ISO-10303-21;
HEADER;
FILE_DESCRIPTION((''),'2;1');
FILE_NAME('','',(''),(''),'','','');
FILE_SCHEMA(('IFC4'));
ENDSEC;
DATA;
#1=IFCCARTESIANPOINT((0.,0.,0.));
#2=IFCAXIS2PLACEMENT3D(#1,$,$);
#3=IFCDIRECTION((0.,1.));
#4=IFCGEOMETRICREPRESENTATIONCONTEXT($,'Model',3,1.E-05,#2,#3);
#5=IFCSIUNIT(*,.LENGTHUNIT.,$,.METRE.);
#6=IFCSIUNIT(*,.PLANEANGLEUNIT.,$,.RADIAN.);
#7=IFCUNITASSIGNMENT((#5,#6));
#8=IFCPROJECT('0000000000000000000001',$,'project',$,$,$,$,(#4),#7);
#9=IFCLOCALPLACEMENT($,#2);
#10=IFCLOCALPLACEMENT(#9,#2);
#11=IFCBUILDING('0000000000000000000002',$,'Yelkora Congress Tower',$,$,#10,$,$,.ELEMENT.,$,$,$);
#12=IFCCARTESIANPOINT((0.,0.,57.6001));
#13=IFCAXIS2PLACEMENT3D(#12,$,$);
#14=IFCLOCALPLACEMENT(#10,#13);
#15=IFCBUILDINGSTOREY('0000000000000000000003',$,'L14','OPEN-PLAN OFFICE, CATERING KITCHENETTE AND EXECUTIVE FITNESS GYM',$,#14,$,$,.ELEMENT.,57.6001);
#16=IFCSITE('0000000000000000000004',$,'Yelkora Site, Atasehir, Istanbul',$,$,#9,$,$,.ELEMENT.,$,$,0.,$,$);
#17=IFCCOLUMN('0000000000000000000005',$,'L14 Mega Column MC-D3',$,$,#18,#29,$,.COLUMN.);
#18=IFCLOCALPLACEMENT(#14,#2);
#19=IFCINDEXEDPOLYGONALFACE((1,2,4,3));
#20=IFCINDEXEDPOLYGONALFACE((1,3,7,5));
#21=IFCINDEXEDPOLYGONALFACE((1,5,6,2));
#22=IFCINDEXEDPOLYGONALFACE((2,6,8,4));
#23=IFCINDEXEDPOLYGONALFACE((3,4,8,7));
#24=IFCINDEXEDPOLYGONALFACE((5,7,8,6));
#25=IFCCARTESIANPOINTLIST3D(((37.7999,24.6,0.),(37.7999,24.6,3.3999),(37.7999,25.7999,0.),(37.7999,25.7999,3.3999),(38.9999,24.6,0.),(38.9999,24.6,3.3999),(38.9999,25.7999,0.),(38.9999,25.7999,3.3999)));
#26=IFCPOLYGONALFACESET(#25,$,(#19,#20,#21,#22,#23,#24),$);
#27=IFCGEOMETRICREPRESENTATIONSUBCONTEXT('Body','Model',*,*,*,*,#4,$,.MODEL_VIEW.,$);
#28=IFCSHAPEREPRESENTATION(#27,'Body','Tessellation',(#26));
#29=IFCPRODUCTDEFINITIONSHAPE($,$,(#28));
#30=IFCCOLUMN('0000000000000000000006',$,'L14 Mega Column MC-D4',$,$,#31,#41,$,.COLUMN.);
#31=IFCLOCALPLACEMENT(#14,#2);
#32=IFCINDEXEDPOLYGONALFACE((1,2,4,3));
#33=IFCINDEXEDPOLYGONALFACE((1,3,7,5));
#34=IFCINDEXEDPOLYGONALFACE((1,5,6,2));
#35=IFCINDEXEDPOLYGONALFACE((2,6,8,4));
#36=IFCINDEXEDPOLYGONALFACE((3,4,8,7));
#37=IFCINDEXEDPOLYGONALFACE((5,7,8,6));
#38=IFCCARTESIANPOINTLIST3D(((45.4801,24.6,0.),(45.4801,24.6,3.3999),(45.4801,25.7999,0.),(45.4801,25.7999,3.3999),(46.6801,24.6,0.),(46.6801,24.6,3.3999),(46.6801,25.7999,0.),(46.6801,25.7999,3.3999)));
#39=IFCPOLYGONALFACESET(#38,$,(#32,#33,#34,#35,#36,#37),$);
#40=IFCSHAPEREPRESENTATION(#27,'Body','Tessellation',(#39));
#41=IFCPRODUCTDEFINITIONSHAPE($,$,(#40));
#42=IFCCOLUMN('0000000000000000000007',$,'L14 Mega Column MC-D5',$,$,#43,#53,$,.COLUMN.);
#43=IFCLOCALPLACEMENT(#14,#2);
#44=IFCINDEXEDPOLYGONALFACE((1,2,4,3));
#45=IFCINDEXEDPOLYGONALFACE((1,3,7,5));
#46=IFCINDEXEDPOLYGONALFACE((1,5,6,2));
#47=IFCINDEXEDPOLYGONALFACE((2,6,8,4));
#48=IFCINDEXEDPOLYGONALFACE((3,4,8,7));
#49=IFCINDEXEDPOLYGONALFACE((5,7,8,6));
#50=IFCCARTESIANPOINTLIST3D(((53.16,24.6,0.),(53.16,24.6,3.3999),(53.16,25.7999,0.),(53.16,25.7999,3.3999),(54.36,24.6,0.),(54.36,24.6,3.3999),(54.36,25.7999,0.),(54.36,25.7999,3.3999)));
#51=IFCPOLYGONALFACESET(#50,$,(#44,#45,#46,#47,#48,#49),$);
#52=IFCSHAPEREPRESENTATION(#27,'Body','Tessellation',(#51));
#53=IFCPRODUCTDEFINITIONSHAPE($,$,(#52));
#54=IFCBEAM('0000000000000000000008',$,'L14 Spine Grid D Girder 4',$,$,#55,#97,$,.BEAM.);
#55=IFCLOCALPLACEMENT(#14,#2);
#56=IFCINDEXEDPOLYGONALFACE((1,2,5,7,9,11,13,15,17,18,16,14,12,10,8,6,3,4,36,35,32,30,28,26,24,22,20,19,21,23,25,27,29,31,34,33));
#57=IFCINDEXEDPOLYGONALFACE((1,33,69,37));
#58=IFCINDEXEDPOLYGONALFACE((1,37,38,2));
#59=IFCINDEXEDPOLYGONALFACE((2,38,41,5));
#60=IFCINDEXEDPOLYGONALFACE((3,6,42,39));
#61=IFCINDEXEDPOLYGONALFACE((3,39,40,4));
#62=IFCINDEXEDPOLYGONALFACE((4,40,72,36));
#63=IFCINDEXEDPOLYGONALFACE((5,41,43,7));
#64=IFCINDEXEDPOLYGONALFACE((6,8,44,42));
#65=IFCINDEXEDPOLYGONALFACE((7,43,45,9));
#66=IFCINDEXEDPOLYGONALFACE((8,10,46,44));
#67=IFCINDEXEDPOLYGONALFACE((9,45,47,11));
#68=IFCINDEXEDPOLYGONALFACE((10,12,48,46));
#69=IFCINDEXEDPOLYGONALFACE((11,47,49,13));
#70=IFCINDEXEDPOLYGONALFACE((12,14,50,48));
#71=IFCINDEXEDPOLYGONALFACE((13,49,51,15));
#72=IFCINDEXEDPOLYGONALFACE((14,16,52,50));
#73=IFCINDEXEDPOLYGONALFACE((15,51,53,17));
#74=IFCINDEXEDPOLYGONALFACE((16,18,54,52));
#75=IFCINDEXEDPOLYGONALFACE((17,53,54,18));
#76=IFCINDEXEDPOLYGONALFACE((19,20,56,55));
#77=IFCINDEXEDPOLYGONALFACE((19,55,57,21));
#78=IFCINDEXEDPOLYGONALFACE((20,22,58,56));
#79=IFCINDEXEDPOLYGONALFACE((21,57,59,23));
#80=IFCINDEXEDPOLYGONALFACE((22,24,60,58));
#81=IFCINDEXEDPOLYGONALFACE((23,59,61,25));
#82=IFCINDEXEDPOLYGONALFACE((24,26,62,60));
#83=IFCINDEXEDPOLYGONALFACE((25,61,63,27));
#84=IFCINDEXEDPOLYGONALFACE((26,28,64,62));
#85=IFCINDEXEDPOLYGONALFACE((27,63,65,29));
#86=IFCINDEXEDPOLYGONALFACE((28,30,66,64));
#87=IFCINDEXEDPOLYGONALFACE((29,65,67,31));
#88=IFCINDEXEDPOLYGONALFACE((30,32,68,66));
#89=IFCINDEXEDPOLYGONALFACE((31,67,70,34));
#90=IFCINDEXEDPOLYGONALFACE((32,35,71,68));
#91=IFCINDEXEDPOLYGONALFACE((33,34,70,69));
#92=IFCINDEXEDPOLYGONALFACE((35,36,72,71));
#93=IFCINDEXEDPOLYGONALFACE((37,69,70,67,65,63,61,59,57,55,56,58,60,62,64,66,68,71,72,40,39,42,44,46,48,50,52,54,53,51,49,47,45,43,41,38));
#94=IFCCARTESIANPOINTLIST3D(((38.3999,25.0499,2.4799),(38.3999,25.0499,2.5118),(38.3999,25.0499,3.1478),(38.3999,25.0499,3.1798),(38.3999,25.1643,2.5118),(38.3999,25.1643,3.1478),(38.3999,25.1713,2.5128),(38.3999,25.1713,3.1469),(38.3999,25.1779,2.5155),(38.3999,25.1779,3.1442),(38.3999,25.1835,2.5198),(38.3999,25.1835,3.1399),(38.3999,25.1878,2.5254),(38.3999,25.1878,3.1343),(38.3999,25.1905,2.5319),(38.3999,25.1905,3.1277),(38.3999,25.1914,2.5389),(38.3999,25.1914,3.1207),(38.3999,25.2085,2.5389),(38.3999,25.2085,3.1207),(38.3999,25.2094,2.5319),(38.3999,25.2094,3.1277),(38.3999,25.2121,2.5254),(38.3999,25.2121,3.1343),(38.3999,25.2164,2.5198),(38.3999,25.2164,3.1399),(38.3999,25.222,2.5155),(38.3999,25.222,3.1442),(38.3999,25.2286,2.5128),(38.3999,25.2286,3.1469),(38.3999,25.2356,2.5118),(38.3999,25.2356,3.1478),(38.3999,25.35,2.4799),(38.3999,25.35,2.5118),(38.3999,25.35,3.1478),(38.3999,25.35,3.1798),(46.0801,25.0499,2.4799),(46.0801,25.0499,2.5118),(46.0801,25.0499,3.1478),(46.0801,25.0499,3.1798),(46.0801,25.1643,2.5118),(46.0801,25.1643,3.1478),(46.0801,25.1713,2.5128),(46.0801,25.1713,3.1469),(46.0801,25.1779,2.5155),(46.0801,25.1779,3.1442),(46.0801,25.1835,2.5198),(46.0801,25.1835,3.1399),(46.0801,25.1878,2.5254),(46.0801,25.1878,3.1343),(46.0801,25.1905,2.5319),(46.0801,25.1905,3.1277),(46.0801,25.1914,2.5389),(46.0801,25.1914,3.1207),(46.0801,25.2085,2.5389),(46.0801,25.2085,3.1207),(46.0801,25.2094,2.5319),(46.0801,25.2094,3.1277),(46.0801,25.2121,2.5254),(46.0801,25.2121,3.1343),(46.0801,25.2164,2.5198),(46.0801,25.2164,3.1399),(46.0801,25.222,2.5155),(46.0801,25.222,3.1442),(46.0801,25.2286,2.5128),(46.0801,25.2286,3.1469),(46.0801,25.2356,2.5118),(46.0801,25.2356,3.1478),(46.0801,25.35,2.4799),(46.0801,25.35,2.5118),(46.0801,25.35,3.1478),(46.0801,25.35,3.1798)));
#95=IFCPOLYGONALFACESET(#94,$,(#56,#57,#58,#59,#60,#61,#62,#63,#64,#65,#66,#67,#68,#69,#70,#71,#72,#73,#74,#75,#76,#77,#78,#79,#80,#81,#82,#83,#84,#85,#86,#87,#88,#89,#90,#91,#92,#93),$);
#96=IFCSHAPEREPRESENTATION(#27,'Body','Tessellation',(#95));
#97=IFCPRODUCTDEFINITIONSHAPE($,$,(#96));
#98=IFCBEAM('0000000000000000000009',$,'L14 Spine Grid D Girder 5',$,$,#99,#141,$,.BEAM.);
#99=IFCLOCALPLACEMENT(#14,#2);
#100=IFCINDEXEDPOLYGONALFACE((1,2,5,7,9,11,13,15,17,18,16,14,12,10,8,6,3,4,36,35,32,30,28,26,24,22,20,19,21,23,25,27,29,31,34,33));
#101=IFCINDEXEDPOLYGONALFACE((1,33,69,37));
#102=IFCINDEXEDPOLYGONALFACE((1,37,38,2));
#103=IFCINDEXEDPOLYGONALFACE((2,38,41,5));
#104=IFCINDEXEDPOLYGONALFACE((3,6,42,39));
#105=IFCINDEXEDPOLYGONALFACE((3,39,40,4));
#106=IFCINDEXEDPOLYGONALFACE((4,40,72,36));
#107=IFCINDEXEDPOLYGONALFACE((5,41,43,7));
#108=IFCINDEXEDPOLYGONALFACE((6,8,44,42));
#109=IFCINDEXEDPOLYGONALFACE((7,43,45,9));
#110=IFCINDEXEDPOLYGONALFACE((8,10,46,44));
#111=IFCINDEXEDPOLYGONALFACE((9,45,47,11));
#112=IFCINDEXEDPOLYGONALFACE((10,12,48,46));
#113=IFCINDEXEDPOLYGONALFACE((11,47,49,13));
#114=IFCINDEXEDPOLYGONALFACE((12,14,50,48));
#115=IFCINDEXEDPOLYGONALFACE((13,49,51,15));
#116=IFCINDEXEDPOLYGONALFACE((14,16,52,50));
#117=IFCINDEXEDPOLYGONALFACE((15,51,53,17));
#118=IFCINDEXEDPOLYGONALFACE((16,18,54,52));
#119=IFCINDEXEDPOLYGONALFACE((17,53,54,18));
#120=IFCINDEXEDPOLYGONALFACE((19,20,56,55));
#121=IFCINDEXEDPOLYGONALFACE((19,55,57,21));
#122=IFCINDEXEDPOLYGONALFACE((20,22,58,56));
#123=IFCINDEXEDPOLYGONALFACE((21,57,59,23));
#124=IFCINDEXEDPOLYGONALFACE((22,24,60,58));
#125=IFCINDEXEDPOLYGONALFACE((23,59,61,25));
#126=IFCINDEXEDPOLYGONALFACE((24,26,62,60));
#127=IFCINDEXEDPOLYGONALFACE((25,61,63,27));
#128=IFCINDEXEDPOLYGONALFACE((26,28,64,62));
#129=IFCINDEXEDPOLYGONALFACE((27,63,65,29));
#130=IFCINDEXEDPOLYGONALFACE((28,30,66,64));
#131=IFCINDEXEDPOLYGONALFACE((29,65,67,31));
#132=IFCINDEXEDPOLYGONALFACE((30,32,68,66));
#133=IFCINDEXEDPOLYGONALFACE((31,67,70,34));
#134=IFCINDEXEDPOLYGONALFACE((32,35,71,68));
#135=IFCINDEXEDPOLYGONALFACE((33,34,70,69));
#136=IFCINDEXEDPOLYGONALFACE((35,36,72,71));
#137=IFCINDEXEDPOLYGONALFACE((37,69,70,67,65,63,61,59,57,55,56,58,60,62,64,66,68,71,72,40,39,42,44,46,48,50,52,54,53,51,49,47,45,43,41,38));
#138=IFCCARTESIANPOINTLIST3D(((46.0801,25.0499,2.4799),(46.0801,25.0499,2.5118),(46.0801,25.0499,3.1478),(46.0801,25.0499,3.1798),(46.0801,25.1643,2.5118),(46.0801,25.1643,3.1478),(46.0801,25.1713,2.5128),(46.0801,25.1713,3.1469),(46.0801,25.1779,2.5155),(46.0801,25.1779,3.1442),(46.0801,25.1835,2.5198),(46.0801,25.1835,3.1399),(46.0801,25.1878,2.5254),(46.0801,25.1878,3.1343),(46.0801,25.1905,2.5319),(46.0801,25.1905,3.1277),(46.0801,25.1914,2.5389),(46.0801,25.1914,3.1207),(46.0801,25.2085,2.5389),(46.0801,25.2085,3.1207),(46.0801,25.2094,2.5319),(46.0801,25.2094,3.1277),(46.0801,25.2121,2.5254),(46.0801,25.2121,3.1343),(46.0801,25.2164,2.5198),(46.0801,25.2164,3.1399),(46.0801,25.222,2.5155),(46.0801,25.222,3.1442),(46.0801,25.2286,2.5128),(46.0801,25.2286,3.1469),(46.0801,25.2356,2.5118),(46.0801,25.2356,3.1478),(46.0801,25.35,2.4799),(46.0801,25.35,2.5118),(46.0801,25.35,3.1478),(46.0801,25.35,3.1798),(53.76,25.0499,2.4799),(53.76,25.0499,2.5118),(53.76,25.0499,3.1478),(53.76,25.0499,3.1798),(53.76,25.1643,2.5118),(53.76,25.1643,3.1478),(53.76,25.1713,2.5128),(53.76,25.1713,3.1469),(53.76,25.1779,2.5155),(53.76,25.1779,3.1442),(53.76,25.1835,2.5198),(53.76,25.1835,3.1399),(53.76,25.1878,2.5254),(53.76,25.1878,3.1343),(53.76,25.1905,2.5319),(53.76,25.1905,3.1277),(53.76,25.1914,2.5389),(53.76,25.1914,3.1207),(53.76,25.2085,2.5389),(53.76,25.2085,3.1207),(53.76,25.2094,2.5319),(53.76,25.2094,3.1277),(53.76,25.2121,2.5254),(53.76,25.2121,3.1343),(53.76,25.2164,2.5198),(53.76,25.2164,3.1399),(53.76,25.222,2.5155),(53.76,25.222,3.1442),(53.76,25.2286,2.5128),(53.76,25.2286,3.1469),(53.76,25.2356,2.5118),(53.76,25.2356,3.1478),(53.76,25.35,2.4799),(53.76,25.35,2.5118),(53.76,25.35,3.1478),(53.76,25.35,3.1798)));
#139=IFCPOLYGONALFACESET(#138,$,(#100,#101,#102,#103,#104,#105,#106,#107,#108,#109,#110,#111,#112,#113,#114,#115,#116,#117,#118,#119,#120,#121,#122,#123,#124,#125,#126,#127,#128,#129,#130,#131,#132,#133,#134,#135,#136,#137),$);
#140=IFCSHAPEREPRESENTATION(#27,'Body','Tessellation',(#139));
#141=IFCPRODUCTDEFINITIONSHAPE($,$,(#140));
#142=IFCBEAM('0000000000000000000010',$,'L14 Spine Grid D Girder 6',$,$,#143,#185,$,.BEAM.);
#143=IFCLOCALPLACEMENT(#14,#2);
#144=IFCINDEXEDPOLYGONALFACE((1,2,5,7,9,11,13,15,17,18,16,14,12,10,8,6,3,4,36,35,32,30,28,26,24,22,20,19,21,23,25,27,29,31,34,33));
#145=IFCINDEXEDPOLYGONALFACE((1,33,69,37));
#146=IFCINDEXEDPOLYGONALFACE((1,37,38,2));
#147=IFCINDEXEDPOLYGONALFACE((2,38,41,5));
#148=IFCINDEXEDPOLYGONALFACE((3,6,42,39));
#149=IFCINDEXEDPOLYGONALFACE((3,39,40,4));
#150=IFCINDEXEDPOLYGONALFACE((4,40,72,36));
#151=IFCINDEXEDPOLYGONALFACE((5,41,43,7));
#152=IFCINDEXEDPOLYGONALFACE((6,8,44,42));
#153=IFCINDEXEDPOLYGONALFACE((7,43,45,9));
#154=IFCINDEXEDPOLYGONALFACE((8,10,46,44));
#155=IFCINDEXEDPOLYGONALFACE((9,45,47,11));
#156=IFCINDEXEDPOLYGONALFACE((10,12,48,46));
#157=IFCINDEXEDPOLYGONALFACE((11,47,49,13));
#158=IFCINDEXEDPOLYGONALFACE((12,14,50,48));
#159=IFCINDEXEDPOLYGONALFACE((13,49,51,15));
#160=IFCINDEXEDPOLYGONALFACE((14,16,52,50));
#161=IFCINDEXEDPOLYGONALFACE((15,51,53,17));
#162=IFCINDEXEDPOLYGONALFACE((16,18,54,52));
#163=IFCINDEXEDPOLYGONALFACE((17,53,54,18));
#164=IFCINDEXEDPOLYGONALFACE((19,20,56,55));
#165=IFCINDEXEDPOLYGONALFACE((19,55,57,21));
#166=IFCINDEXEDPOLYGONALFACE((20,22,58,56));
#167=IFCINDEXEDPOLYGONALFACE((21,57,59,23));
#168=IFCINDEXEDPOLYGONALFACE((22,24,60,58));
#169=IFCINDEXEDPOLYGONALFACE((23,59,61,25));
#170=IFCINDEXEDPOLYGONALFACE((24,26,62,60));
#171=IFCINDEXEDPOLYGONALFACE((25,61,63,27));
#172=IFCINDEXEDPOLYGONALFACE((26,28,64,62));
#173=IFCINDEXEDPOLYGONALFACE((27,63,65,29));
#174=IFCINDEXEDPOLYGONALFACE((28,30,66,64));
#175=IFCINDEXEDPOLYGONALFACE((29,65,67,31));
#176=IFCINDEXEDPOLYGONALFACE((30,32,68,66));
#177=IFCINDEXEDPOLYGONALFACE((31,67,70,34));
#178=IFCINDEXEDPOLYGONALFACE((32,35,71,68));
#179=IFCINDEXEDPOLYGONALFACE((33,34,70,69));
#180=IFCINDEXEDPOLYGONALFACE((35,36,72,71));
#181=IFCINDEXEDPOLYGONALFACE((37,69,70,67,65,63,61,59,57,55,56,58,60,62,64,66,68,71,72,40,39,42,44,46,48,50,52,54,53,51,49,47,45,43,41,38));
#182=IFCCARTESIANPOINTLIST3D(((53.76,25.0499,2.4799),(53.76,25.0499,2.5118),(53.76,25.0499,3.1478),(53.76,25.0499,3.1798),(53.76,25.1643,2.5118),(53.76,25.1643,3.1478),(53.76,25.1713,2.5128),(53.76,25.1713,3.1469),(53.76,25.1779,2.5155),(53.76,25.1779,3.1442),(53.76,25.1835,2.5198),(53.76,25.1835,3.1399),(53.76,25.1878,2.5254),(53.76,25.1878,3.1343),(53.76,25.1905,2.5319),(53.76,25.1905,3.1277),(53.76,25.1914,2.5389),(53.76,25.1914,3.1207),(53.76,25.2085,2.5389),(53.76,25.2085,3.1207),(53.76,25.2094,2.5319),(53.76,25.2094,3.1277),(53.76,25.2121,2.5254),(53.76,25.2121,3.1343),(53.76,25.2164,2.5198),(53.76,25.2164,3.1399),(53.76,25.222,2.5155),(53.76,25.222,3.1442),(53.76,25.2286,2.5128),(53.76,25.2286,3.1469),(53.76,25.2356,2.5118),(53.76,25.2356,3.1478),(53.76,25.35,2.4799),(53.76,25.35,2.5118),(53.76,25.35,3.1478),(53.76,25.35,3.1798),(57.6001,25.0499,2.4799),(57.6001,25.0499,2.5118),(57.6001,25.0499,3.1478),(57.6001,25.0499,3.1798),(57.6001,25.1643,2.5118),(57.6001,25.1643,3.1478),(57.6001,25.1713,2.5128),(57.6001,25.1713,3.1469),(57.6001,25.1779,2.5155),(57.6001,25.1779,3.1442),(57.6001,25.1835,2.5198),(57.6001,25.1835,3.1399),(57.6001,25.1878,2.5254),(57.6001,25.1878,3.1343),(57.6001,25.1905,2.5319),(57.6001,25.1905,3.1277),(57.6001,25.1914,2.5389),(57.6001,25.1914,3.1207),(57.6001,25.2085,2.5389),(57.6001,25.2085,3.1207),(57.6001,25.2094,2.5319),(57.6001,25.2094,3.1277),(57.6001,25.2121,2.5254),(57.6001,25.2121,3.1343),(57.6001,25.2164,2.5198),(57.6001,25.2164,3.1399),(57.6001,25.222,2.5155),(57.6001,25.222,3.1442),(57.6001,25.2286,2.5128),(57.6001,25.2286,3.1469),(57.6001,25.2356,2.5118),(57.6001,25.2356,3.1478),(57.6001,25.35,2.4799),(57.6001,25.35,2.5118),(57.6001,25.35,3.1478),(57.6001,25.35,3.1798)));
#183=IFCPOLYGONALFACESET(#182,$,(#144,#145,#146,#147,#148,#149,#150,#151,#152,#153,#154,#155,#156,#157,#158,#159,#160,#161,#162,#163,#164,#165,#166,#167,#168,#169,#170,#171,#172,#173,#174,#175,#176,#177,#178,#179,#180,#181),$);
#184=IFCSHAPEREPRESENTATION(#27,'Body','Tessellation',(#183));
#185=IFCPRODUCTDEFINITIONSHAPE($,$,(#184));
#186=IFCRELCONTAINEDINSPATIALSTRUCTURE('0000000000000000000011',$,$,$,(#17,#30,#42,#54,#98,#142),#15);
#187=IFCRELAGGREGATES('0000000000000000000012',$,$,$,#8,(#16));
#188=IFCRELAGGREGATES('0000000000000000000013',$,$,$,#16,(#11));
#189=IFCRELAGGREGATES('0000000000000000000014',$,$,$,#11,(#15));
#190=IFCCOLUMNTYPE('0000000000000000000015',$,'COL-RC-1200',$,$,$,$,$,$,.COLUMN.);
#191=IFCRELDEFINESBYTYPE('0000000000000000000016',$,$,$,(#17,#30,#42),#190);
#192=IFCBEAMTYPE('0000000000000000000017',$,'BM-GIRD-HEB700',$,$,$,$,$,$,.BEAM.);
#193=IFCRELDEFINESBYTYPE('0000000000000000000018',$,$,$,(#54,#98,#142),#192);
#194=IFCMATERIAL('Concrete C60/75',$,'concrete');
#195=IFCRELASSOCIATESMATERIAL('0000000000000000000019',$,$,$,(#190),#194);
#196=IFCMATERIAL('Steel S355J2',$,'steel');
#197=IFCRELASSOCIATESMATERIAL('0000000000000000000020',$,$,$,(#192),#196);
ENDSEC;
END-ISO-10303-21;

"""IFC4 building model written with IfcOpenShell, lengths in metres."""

from ifc_helpers import new_model, si_unit, direction, frame, origin, origin_2d, place, context, subcontext, project, spatial, rectangle, i_section, extrude, material, material_profile, profile_set, type_object, element, save


model = new_model("IFC4")

# Units and contexts
model_context = context("Model", 3, precision=1e-05, world=origin(), true_north=direction((0.0, 1.0)))
body_context = subcontext(model_context, "Body", "Model", "MODEL_VIEW")
ifc_project = project(units=[si_unit("LENGTHUNIT", "METRE"), si_unit("PLANEANGLEUNIT", "RADIAN")], contexts=[model_context])

# Site, building, storey
site_placement = place(None, origin())
site = spatial("IfcSite", under=ifc_project, at=site_placement, Name="Yelkora Site, Atasehir, Istanbul", CompositionType="ELEMENT", RefElevation=0.0)
building_placement = place(site_placement, origin())
building = spatial("IfcBuilding", under=site, at=building_placement, Name="Yelkora Congress Tower", CompositionType="ELEMENT")
storey_placement = place(building_placement, frame((0.0, 0.0, 57.6001)))
storey = spatial("IfcBuildingStorey", under=building, at=storey_placement, Name="L14", Description="OPEN-PLAN OFFICE, CATERING KITCHENETTE AND EXECUTIVE FITNESS GYM", CompositionType="ELEMENT", Elevation=57.6001)

# Columns
ifc_material_1 = material(Name="Concrete C60/75", Category="concrete")
ifc_material_profile_1 = material_profile(ifc_material_1, rectangle(XDim=1.2, YDim=1.2, at=origin_2d()), Name="RC 1200x1200")
ifc_profile_set_1 = profile_set([ifc_material_profile_1], Name="Concrete C60/75")
column_type = type_object("IfcColumnType", Name="COL-RC-1200", PredefinedType="COLUMN", material=ifc_profile_set_1)
for number, where, z_axis, x_axis, name in (
    (1, (38.3999, 25.2, 0.0), (0.0, 0.0, 1.0), (1.0, 0.0, 0.0), "L14 Mega Column MC-D3"),
    (2, (46.0801, 25.2, 0.0), (0.0, 0.0, 1.0), (1.0, 0.0, 0.0), "L14 Mega Column MC-D4"),
    (3, (53.76, 25.2, 0.0), (0.0, 0.0, 1.0), (1.0, 0.0, 0.0), "L14 Mega Column MC-D5"),
):
    element("IfcColumn", number, at=place(storey_placement, frame(where, z_axis=z_axis, x_axis=x_axis)), inside=storey, type_object=column_type, Name=name, PredefinedType="COLUMN", context=body_context, shape_type="SweptSolid", body=[
        extrude(rectangle(XDim=1.2, YDim=1.2, at=origin_2d()), origin(), (0.0, 0.0, 1.0), 3.3999),
    ])

# Beams
ifc_material_2 = material(Name="Steel S355J2", Category="steel")
ifc_material_profile_2 = material_profile(ifc_material_2, i_section(OverallWidth=0.3, OverallDepth=0.7, WebThickness=0.0171, FlangeThickness=0.032, FilletRadius=0.0271, at=origin_2d()), Name="HEB 700")
ifc_profile_set_2 = profile_set([ifc_material_profile_2], Name="Steel S355J2")
beam_type_1 = type_object("IfcBeamType", Name="BM-GIRD-HEB700", PredefinedType="BEAM", material=ifc_profile_set_2)
beam_1_placement = place(storey_placement, frame((38.3999, 25.2, 2.8298), z_axis=(1.0, 0.0, 0.0), x_axis=(0.0, 1.0, 0.0)))
element("IfcBeam", 4, at=beam_1_placement, inside=storey, type_object=beam_type_1, Name="L14 Spine Grid D Girder 4", PredefinedType="BEAM", context=body_context, shape_type="SweptSolid", body=[
    extrude(i_section(OverallWidth=0.3, OverallDepth=0.7, WebThickness=0.0171, FlangeThickness=0.032, FilletRadius=0.0271, at=origin_2d()), origin(), (0.0, 0.0, 1.0), 7.6802),
])
beam_2_placement = place(storey_placement, frame((46.0801, 25.2, 2.8298), z_axis=(1.0, 0.0, 0.0), x_axis=(0.0, 1.0, 0.0)))
element("IfcBeam", 5, at=beam_2_placement, inside=storey, type_object=beam_type_1, Name="L14 Spine Grid D Girder 5", PredefinedType="BEAM", context=body_context, shape_type="SweptSolid", body=[
    extrude(i_section(OverallWidth=0.3, OverallDepth=0.7, WebThickness=0.0171, FlangeThickness=0.032, FilletRadius=0.0271, at=origin_2d()), origin(), (0.0, 0.0, 1.0), 7.6799),
])
beam_3_placement = place(storey_placement, frame((53.76, 25.2, 2.8298), z_axis=(1.0, 0.0, 0.0), x_axis=(0.0, 1.0, 0.0)))
element("IfcBeam", 6, at=beam_3_placement, inside=storey, type_object=beam_type_1, Name="L14 Spine Grid D Girder 6", PredefinedType="BEAM", context=body_context, shape_type="SweptSolid", body=[
    extrude(i_section(OverallWidth=0.3, OverallDepth=0.7, WebThickness=0.0171, FlangeThickness=0.032, FilletRadius=0.0271, at=origin_2d()), origin(), (0.0, 0.0, 1.0), 3.8401),
])

save(model, "model.ifc")
